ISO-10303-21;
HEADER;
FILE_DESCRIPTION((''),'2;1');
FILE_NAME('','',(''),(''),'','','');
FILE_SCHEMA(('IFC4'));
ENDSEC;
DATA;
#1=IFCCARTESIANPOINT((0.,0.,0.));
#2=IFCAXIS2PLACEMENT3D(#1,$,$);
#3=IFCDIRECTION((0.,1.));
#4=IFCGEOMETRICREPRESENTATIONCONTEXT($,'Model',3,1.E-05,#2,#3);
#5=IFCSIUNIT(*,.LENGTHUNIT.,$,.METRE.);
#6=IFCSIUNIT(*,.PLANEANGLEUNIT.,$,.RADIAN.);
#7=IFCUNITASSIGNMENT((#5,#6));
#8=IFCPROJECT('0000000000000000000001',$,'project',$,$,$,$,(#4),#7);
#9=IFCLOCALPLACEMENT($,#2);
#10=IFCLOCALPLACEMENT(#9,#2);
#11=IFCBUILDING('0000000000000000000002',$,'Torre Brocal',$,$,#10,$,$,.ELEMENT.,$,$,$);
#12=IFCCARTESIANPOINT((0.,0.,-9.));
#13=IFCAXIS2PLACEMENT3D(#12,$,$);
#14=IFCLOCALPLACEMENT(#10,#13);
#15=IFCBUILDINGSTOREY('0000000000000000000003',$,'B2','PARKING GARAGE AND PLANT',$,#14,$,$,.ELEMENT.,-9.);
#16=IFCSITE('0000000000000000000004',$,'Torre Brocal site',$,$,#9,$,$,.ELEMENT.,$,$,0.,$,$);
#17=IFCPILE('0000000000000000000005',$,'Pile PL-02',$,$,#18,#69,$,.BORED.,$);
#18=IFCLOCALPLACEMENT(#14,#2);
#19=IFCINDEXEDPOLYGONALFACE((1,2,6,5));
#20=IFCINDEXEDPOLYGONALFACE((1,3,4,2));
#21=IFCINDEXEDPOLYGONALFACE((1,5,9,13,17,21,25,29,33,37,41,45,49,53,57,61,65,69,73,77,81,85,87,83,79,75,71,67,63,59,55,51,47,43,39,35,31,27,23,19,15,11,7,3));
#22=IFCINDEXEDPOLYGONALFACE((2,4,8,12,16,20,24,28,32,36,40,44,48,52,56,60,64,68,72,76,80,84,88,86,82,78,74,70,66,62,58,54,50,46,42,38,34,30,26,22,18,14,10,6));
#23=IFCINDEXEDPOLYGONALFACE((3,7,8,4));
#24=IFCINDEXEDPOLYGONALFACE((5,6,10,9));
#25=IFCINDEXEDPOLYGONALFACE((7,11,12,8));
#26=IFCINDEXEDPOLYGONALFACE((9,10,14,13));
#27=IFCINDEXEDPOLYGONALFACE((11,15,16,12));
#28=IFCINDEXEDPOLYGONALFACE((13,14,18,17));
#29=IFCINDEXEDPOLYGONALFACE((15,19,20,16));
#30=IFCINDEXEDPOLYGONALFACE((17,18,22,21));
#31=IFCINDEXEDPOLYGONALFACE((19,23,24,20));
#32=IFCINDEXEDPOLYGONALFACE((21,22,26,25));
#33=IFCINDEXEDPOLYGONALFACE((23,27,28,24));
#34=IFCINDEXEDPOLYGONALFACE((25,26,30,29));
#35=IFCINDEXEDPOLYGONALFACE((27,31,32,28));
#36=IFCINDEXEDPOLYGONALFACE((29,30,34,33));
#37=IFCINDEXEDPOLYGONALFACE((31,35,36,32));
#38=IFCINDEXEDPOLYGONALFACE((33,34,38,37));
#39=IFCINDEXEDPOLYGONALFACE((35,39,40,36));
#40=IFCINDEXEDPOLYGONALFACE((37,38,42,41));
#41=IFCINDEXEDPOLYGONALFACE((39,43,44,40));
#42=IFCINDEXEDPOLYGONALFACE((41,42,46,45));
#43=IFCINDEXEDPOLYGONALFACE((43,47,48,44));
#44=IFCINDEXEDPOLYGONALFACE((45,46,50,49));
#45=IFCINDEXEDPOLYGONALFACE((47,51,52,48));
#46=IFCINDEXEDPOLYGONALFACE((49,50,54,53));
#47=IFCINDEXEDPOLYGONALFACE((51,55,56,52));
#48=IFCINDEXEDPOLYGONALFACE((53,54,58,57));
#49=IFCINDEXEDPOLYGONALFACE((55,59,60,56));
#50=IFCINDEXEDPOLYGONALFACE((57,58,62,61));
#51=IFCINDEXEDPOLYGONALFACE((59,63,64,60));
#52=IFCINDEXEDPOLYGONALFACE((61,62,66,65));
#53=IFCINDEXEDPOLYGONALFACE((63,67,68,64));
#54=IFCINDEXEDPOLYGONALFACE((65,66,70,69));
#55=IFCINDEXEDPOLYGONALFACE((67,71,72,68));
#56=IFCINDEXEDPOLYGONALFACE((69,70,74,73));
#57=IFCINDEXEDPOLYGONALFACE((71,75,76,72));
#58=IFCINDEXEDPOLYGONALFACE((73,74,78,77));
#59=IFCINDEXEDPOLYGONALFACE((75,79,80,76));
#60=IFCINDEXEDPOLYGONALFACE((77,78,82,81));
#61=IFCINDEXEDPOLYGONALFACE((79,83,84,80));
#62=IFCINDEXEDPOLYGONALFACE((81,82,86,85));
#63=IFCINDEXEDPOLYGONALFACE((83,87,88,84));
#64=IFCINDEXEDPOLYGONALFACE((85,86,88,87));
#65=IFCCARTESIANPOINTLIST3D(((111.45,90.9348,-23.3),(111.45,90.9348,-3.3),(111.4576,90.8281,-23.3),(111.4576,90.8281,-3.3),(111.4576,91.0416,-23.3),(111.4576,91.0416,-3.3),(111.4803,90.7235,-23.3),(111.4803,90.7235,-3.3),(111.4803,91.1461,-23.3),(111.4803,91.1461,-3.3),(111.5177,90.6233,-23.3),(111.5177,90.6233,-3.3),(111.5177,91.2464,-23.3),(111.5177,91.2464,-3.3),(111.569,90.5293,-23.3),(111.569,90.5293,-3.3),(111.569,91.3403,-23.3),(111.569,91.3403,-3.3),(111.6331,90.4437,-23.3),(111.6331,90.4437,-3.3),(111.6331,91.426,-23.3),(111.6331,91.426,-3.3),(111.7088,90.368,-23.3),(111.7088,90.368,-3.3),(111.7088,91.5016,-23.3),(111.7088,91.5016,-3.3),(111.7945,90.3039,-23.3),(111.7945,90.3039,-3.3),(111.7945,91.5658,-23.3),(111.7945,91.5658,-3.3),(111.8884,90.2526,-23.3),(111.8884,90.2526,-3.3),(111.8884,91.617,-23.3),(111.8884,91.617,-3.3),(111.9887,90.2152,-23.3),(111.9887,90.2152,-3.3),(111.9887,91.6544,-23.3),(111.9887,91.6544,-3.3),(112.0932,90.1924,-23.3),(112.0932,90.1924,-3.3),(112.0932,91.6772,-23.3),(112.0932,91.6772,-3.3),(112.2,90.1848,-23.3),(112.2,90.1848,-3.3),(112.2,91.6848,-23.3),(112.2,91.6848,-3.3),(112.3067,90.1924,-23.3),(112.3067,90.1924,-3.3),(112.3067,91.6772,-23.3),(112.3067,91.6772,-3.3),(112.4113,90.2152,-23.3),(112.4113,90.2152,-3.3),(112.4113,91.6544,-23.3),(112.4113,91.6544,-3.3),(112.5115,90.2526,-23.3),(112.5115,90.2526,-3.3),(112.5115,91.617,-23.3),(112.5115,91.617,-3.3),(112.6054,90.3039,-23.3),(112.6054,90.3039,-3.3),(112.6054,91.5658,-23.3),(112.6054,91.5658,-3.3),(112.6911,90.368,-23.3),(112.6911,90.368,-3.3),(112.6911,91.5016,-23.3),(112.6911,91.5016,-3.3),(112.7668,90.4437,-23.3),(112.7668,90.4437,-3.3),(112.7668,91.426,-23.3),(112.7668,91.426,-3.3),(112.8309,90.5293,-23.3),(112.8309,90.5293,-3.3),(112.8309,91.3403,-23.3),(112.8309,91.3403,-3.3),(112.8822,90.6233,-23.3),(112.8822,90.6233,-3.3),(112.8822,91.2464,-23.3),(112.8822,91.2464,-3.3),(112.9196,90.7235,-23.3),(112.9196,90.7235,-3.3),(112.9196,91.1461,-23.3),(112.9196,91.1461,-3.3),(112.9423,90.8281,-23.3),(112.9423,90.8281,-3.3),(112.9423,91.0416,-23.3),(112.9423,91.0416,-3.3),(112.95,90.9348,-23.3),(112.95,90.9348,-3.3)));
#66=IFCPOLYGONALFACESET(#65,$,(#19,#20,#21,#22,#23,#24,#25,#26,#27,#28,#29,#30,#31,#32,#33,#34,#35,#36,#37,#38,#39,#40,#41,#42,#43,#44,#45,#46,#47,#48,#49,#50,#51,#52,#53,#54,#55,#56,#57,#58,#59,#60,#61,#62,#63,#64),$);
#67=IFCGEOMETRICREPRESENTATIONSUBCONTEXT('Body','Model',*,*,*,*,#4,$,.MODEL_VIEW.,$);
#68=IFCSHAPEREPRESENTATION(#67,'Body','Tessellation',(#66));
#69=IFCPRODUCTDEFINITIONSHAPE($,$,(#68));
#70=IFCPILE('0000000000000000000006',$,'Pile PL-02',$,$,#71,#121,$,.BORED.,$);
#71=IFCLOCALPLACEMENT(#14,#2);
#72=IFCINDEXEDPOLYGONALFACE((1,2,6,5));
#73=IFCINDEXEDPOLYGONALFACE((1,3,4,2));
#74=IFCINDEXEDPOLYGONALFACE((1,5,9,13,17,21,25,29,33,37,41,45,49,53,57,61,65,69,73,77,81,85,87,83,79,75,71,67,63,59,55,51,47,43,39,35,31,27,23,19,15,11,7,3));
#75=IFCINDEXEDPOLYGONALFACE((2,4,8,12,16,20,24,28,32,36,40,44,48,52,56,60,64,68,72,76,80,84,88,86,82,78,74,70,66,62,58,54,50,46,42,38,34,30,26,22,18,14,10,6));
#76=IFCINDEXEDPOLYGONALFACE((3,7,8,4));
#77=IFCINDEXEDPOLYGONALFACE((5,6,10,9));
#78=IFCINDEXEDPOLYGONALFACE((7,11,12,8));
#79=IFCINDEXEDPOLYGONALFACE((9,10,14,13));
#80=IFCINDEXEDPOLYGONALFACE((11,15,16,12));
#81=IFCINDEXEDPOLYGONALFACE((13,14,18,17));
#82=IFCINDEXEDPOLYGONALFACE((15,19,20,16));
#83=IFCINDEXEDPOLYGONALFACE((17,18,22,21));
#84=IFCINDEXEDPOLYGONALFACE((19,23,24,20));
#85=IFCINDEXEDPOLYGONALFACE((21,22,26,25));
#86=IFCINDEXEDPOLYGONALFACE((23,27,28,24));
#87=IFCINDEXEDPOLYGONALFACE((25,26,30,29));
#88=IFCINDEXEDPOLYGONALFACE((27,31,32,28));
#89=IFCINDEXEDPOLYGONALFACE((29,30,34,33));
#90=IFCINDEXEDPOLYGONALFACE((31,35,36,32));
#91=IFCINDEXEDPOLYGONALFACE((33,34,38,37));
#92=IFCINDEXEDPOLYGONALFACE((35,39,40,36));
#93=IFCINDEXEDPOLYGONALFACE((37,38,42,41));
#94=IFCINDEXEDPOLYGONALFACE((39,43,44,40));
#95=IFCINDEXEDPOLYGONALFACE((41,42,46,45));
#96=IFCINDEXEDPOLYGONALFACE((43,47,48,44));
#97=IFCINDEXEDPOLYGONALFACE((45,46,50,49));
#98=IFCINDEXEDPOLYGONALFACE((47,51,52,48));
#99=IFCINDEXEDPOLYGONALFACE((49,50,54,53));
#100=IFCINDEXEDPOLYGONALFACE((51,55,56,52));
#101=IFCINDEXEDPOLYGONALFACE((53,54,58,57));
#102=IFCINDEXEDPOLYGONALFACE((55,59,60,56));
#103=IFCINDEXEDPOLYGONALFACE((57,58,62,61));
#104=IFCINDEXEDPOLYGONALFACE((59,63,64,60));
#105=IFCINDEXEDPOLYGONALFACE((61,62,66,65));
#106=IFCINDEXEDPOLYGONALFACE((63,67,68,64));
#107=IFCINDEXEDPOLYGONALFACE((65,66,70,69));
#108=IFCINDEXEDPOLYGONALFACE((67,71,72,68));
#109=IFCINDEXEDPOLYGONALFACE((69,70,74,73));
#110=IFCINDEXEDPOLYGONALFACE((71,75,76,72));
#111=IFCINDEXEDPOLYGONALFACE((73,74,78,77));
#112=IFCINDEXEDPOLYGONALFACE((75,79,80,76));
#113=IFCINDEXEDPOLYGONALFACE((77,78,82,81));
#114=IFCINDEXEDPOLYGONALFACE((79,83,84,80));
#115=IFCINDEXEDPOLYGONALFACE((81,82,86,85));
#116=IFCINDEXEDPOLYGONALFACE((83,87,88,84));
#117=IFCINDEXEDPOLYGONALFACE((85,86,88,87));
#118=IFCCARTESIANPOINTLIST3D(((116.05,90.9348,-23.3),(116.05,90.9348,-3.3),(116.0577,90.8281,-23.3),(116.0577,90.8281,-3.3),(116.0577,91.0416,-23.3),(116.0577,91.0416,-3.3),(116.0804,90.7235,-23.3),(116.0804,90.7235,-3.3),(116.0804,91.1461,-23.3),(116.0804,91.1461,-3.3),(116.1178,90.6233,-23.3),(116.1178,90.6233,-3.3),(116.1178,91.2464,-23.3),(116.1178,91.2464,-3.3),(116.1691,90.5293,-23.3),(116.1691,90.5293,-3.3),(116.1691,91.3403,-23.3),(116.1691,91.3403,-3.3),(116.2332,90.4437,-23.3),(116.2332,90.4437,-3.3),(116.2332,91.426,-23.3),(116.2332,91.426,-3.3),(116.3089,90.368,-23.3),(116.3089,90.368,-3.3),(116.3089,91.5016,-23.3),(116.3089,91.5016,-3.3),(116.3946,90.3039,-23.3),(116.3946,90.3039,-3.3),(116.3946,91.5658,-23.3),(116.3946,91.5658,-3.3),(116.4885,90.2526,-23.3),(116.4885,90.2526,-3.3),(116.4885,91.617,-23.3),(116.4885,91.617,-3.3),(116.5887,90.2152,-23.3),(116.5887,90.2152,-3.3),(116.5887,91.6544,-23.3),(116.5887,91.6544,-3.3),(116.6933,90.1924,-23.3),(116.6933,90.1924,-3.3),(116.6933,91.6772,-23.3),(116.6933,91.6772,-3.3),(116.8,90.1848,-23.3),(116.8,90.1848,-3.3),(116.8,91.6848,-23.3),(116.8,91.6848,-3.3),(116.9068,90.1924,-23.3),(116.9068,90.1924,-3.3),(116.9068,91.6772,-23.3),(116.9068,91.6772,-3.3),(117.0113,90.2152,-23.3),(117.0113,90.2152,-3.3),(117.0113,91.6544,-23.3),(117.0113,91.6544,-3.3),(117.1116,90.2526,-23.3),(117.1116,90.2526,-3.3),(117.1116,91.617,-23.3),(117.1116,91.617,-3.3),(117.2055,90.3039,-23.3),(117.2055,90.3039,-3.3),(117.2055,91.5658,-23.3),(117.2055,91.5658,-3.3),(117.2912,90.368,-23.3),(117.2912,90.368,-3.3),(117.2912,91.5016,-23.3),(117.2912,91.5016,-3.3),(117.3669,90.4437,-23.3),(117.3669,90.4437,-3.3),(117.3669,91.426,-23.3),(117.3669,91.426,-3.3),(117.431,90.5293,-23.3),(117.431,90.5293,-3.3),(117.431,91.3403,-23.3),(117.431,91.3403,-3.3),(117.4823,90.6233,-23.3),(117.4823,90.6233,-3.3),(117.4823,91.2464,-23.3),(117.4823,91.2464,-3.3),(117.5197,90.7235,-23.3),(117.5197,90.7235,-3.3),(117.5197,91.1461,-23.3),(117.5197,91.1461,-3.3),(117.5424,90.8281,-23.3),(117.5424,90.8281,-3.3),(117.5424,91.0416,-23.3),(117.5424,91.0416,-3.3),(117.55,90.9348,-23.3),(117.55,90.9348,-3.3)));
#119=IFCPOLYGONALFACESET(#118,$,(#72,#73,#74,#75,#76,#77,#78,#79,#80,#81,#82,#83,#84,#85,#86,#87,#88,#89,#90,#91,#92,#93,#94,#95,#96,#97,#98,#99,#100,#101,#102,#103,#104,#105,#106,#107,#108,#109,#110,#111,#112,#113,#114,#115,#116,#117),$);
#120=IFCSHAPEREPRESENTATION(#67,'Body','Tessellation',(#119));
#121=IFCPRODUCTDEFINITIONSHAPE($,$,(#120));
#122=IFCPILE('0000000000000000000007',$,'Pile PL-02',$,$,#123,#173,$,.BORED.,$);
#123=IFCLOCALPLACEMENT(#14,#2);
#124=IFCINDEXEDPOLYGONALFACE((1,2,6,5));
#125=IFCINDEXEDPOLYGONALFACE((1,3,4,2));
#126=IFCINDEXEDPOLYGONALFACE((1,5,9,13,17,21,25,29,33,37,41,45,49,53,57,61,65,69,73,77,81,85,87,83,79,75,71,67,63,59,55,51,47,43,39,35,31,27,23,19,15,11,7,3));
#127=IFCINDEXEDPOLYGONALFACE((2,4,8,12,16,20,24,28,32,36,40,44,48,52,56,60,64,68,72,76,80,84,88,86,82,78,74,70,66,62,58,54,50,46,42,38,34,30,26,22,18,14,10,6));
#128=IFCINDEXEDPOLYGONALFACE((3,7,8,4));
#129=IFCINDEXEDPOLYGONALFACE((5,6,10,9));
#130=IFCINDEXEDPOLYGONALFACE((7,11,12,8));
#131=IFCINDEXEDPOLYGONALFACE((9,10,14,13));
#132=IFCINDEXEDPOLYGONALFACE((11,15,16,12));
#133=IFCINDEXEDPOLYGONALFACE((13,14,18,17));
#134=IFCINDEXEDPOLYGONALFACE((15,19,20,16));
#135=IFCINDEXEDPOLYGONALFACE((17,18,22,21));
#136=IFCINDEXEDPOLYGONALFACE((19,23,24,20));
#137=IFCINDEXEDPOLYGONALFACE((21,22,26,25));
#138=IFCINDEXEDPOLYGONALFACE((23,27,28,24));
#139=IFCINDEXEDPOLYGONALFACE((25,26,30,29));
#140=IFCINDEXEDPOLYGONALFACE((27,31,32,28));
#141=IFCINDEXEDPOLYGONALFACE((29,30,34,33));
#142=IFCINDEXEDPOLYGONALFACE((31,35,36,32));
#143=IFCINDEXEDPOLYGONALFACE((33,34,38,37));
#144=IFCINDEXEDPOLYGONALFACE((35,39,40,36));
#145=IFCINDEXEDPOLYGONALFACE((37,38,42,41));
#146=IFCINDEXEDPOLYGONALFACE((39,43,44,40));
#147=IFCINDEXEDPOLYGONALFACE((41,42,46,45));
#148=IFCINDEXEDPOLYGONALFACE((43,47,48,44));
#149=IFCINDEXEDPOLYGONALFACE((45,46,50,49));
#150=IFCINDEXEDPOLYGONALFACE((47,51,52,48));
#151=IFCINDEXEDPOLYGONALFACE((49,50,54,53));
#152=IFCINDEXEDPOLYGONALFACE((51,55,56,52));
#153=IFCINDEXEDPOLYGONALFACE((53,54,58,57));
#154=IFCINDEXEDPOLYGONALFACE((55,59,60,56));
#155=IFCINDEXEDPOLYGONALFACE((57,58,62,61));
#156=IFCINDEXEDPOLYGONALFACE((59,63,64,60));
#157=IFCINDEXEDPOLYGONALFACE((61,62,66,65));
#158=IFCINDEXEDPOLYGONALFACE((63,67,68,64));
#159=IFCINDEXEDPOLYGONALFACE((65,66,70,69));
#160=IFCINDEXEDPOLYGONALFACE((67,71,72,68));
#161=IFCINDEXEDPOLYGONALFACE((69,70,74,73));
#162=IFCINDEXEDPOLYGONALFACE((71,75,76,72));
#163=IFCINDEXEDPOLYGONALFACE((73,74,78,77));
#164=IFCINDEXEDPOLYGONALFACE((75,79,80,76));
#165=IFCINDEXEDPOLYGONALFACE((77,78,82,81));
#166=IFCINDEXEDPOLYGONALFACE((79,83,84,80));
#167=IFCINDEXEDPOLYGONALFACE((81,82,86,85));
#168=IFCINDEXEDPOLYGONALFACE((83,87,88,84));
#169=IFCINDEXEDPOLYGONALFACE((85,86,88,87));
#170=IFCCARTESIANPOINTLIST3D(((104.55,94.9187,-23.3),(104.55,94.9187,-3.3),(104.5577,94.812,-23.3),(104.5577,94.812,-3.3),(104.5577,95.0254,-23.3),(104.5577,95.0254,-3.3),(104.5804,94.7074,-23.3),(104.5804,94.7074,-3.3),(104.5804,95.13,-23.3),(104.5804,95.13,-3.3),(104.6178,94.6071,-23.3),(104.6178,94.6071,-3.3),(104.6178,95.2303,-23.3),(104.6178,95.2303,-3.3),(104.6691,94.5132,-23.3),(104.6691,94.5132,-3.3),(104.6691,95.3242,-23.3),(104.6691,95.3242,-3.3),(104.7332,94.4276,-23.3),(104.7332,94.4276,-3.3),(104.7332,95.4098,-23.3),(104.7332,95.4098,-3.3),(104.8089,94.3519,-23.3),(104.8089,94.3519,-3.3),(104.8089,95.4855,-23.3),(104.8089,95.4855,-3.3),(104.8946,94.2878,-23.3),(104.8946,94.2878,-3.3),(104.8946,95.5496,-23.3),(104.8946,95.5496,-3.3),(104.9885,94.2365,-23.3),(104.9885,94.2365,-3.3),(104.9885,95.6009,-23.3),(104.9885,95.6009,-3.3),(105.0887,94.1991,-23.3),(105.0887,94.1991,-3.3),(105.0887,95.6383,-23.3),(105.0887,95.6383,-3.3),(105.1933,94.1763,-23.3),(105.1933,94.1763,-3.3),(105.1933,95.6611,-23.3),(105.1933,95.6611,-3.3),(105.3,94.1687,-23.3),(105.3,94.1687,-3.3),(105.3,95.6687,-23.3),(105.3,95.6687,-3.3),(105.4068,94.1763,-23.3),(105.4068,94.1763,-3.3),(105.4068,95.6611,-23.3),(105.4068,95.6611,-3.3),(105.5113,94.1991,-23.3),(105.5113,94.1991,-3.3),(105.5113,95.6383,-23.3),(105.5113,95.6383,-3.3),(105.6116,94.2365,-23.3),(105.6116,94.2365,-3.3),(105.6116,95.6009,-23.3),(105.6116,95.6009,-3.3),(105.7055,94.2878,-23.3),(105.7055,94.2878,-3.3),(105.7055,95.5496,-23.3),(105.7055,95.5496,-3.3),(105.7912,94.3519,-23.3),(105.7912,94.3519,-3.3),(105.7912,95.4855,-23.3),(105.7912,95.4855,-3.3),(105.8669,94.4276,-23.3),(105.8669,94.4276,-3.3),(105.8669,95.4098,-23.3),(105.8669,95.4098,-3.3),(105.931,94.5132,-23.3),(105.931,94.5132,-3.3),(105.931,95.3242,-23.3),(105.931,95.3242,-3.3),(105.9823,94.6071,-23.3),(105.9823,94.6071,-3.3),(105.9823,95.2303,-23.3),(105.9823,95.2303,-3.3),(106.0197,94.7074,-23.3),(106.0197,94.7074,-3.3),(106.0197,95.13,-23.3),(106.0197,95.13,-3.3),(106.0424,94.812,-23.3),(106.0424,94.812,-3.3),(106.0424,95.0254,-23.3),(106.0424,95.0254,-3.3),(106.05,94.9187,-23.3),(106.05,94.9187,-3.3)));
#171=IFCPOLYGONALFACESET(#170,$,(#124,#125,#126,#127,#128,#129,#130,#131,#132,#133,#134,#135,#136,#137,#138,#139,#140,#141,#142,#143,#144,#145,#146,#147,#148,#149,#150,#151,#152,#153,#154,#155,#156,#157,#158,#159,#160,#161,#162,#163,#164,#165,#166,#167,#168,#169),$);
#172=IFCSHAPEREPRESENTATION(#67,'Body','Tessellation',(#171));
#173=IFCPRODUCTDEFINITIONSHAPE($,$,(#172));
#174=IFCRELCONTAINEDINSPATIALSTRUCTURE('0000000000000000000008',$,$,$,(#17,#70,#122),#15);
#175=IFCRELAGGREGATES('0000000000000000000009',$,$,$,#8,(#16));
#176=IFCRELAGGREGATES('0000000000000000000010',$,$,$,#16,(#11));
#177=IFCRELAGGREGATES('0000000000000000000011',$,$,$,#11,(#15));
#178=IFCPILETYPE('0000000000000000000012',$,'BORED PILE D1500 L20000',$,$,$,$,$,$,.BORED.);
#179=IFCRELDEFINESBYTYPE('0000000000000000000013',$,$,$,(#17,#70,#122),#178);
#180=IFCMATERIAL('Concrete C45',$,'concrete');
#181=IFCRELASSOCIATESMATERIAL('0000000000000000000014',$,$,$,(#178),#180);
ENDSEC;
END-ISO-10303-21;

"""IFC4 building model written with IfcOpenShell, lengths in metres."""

from ifc_helpers import new_model, si_unit, direction, frame, origin, origin_2d, place, context, subcontext, project, spatial, circle, extrude, material, material_profile, profile_set, type_object, element, save


model = new_model("IFC4")

# Units and contexts
model_context = context("Model", 3, precision=1e-05, world=origin(), true_north=direction((0.0, 1.0)))
body_context = subcontext(model_context, "Body", "Model", "MODEL_VIEW")
ifc_project = project(units=[si_unit("LENGTHUNIT", "METRE"), si_unit("PLANEANGLEUNIT", "RADIAN")], contexts=[model_context])

# Site, building, storey
site_placement = place(None, origin())
site = spatial("IfcSite", under=ifc_project, at=site_placement, Name="Torre Brocal site", CompositionType="ELEMENT", RefElevation=0.0)
building_placement = place(site_placement, origin())
building = spatial("IfcBuilding", under=site, at=building_placement, Name="Torre Brocal", CompositionType="ELEMENT")
storey_placement = place(building_placement, frame((0.0, 0.0, -9.0)))
storey = spatial("IfcBuildingStorey", under=building, at=storey_placement, Name="B2", Description="PARKING GARAGE AND PLANT", CompositionType="ELEMENT", Elevation=-9.0)

# Piles
ifc_material_1 = material(Name="Concrete C45", Category="concrete")
ifc_material_profile_1 = material_profile(ifc_material_1, circle(Radius=0.75, at=origin_2d()), Name="BORED PILE D1500")
ifc_profile_set_1 = profile_set([ifc_material_profile_1], Name="Concrete C45")
pile_type_1 = type_object("IfcPileType", Name="BORED PILE D1500 L20000", PredefinedType="BORED", material=ifc_profile_set_1)
for number, where, z_axis, x_axis, name in (
    (1, (112.2, 90.9348, -3.3), (0.0, 0.0, -1.0), (1.0, 0.0, 0.0), "Pile PL-02"),
    (2, (116.8, 90.9348, -3.3), (0.0, 0.0, -1.0), (1.0, 0.0, 0.0), "Pile PL-02"),
    (3, (105.3, 94.9187, -3.3), (0.0, 0.0, -1.0), (1.0, 0.0, 0.0), "Pile PL-02"),
):
    element("IfcPile", number, at=place(storey_placement, frame(where, z_axis=z_axis, x_axis=x_axis)), inside=storey, type_object=pile_type_1, Name=name, PredefinedType="BORED", context=body_context, shape_type="SweptSolid", body=[
        extrude(circle(Radius=0.75, at=origin_2d()), origin(), (0.0, 0.0, 1.0), 20.0),
    ])

save(model, "model.ifc")
